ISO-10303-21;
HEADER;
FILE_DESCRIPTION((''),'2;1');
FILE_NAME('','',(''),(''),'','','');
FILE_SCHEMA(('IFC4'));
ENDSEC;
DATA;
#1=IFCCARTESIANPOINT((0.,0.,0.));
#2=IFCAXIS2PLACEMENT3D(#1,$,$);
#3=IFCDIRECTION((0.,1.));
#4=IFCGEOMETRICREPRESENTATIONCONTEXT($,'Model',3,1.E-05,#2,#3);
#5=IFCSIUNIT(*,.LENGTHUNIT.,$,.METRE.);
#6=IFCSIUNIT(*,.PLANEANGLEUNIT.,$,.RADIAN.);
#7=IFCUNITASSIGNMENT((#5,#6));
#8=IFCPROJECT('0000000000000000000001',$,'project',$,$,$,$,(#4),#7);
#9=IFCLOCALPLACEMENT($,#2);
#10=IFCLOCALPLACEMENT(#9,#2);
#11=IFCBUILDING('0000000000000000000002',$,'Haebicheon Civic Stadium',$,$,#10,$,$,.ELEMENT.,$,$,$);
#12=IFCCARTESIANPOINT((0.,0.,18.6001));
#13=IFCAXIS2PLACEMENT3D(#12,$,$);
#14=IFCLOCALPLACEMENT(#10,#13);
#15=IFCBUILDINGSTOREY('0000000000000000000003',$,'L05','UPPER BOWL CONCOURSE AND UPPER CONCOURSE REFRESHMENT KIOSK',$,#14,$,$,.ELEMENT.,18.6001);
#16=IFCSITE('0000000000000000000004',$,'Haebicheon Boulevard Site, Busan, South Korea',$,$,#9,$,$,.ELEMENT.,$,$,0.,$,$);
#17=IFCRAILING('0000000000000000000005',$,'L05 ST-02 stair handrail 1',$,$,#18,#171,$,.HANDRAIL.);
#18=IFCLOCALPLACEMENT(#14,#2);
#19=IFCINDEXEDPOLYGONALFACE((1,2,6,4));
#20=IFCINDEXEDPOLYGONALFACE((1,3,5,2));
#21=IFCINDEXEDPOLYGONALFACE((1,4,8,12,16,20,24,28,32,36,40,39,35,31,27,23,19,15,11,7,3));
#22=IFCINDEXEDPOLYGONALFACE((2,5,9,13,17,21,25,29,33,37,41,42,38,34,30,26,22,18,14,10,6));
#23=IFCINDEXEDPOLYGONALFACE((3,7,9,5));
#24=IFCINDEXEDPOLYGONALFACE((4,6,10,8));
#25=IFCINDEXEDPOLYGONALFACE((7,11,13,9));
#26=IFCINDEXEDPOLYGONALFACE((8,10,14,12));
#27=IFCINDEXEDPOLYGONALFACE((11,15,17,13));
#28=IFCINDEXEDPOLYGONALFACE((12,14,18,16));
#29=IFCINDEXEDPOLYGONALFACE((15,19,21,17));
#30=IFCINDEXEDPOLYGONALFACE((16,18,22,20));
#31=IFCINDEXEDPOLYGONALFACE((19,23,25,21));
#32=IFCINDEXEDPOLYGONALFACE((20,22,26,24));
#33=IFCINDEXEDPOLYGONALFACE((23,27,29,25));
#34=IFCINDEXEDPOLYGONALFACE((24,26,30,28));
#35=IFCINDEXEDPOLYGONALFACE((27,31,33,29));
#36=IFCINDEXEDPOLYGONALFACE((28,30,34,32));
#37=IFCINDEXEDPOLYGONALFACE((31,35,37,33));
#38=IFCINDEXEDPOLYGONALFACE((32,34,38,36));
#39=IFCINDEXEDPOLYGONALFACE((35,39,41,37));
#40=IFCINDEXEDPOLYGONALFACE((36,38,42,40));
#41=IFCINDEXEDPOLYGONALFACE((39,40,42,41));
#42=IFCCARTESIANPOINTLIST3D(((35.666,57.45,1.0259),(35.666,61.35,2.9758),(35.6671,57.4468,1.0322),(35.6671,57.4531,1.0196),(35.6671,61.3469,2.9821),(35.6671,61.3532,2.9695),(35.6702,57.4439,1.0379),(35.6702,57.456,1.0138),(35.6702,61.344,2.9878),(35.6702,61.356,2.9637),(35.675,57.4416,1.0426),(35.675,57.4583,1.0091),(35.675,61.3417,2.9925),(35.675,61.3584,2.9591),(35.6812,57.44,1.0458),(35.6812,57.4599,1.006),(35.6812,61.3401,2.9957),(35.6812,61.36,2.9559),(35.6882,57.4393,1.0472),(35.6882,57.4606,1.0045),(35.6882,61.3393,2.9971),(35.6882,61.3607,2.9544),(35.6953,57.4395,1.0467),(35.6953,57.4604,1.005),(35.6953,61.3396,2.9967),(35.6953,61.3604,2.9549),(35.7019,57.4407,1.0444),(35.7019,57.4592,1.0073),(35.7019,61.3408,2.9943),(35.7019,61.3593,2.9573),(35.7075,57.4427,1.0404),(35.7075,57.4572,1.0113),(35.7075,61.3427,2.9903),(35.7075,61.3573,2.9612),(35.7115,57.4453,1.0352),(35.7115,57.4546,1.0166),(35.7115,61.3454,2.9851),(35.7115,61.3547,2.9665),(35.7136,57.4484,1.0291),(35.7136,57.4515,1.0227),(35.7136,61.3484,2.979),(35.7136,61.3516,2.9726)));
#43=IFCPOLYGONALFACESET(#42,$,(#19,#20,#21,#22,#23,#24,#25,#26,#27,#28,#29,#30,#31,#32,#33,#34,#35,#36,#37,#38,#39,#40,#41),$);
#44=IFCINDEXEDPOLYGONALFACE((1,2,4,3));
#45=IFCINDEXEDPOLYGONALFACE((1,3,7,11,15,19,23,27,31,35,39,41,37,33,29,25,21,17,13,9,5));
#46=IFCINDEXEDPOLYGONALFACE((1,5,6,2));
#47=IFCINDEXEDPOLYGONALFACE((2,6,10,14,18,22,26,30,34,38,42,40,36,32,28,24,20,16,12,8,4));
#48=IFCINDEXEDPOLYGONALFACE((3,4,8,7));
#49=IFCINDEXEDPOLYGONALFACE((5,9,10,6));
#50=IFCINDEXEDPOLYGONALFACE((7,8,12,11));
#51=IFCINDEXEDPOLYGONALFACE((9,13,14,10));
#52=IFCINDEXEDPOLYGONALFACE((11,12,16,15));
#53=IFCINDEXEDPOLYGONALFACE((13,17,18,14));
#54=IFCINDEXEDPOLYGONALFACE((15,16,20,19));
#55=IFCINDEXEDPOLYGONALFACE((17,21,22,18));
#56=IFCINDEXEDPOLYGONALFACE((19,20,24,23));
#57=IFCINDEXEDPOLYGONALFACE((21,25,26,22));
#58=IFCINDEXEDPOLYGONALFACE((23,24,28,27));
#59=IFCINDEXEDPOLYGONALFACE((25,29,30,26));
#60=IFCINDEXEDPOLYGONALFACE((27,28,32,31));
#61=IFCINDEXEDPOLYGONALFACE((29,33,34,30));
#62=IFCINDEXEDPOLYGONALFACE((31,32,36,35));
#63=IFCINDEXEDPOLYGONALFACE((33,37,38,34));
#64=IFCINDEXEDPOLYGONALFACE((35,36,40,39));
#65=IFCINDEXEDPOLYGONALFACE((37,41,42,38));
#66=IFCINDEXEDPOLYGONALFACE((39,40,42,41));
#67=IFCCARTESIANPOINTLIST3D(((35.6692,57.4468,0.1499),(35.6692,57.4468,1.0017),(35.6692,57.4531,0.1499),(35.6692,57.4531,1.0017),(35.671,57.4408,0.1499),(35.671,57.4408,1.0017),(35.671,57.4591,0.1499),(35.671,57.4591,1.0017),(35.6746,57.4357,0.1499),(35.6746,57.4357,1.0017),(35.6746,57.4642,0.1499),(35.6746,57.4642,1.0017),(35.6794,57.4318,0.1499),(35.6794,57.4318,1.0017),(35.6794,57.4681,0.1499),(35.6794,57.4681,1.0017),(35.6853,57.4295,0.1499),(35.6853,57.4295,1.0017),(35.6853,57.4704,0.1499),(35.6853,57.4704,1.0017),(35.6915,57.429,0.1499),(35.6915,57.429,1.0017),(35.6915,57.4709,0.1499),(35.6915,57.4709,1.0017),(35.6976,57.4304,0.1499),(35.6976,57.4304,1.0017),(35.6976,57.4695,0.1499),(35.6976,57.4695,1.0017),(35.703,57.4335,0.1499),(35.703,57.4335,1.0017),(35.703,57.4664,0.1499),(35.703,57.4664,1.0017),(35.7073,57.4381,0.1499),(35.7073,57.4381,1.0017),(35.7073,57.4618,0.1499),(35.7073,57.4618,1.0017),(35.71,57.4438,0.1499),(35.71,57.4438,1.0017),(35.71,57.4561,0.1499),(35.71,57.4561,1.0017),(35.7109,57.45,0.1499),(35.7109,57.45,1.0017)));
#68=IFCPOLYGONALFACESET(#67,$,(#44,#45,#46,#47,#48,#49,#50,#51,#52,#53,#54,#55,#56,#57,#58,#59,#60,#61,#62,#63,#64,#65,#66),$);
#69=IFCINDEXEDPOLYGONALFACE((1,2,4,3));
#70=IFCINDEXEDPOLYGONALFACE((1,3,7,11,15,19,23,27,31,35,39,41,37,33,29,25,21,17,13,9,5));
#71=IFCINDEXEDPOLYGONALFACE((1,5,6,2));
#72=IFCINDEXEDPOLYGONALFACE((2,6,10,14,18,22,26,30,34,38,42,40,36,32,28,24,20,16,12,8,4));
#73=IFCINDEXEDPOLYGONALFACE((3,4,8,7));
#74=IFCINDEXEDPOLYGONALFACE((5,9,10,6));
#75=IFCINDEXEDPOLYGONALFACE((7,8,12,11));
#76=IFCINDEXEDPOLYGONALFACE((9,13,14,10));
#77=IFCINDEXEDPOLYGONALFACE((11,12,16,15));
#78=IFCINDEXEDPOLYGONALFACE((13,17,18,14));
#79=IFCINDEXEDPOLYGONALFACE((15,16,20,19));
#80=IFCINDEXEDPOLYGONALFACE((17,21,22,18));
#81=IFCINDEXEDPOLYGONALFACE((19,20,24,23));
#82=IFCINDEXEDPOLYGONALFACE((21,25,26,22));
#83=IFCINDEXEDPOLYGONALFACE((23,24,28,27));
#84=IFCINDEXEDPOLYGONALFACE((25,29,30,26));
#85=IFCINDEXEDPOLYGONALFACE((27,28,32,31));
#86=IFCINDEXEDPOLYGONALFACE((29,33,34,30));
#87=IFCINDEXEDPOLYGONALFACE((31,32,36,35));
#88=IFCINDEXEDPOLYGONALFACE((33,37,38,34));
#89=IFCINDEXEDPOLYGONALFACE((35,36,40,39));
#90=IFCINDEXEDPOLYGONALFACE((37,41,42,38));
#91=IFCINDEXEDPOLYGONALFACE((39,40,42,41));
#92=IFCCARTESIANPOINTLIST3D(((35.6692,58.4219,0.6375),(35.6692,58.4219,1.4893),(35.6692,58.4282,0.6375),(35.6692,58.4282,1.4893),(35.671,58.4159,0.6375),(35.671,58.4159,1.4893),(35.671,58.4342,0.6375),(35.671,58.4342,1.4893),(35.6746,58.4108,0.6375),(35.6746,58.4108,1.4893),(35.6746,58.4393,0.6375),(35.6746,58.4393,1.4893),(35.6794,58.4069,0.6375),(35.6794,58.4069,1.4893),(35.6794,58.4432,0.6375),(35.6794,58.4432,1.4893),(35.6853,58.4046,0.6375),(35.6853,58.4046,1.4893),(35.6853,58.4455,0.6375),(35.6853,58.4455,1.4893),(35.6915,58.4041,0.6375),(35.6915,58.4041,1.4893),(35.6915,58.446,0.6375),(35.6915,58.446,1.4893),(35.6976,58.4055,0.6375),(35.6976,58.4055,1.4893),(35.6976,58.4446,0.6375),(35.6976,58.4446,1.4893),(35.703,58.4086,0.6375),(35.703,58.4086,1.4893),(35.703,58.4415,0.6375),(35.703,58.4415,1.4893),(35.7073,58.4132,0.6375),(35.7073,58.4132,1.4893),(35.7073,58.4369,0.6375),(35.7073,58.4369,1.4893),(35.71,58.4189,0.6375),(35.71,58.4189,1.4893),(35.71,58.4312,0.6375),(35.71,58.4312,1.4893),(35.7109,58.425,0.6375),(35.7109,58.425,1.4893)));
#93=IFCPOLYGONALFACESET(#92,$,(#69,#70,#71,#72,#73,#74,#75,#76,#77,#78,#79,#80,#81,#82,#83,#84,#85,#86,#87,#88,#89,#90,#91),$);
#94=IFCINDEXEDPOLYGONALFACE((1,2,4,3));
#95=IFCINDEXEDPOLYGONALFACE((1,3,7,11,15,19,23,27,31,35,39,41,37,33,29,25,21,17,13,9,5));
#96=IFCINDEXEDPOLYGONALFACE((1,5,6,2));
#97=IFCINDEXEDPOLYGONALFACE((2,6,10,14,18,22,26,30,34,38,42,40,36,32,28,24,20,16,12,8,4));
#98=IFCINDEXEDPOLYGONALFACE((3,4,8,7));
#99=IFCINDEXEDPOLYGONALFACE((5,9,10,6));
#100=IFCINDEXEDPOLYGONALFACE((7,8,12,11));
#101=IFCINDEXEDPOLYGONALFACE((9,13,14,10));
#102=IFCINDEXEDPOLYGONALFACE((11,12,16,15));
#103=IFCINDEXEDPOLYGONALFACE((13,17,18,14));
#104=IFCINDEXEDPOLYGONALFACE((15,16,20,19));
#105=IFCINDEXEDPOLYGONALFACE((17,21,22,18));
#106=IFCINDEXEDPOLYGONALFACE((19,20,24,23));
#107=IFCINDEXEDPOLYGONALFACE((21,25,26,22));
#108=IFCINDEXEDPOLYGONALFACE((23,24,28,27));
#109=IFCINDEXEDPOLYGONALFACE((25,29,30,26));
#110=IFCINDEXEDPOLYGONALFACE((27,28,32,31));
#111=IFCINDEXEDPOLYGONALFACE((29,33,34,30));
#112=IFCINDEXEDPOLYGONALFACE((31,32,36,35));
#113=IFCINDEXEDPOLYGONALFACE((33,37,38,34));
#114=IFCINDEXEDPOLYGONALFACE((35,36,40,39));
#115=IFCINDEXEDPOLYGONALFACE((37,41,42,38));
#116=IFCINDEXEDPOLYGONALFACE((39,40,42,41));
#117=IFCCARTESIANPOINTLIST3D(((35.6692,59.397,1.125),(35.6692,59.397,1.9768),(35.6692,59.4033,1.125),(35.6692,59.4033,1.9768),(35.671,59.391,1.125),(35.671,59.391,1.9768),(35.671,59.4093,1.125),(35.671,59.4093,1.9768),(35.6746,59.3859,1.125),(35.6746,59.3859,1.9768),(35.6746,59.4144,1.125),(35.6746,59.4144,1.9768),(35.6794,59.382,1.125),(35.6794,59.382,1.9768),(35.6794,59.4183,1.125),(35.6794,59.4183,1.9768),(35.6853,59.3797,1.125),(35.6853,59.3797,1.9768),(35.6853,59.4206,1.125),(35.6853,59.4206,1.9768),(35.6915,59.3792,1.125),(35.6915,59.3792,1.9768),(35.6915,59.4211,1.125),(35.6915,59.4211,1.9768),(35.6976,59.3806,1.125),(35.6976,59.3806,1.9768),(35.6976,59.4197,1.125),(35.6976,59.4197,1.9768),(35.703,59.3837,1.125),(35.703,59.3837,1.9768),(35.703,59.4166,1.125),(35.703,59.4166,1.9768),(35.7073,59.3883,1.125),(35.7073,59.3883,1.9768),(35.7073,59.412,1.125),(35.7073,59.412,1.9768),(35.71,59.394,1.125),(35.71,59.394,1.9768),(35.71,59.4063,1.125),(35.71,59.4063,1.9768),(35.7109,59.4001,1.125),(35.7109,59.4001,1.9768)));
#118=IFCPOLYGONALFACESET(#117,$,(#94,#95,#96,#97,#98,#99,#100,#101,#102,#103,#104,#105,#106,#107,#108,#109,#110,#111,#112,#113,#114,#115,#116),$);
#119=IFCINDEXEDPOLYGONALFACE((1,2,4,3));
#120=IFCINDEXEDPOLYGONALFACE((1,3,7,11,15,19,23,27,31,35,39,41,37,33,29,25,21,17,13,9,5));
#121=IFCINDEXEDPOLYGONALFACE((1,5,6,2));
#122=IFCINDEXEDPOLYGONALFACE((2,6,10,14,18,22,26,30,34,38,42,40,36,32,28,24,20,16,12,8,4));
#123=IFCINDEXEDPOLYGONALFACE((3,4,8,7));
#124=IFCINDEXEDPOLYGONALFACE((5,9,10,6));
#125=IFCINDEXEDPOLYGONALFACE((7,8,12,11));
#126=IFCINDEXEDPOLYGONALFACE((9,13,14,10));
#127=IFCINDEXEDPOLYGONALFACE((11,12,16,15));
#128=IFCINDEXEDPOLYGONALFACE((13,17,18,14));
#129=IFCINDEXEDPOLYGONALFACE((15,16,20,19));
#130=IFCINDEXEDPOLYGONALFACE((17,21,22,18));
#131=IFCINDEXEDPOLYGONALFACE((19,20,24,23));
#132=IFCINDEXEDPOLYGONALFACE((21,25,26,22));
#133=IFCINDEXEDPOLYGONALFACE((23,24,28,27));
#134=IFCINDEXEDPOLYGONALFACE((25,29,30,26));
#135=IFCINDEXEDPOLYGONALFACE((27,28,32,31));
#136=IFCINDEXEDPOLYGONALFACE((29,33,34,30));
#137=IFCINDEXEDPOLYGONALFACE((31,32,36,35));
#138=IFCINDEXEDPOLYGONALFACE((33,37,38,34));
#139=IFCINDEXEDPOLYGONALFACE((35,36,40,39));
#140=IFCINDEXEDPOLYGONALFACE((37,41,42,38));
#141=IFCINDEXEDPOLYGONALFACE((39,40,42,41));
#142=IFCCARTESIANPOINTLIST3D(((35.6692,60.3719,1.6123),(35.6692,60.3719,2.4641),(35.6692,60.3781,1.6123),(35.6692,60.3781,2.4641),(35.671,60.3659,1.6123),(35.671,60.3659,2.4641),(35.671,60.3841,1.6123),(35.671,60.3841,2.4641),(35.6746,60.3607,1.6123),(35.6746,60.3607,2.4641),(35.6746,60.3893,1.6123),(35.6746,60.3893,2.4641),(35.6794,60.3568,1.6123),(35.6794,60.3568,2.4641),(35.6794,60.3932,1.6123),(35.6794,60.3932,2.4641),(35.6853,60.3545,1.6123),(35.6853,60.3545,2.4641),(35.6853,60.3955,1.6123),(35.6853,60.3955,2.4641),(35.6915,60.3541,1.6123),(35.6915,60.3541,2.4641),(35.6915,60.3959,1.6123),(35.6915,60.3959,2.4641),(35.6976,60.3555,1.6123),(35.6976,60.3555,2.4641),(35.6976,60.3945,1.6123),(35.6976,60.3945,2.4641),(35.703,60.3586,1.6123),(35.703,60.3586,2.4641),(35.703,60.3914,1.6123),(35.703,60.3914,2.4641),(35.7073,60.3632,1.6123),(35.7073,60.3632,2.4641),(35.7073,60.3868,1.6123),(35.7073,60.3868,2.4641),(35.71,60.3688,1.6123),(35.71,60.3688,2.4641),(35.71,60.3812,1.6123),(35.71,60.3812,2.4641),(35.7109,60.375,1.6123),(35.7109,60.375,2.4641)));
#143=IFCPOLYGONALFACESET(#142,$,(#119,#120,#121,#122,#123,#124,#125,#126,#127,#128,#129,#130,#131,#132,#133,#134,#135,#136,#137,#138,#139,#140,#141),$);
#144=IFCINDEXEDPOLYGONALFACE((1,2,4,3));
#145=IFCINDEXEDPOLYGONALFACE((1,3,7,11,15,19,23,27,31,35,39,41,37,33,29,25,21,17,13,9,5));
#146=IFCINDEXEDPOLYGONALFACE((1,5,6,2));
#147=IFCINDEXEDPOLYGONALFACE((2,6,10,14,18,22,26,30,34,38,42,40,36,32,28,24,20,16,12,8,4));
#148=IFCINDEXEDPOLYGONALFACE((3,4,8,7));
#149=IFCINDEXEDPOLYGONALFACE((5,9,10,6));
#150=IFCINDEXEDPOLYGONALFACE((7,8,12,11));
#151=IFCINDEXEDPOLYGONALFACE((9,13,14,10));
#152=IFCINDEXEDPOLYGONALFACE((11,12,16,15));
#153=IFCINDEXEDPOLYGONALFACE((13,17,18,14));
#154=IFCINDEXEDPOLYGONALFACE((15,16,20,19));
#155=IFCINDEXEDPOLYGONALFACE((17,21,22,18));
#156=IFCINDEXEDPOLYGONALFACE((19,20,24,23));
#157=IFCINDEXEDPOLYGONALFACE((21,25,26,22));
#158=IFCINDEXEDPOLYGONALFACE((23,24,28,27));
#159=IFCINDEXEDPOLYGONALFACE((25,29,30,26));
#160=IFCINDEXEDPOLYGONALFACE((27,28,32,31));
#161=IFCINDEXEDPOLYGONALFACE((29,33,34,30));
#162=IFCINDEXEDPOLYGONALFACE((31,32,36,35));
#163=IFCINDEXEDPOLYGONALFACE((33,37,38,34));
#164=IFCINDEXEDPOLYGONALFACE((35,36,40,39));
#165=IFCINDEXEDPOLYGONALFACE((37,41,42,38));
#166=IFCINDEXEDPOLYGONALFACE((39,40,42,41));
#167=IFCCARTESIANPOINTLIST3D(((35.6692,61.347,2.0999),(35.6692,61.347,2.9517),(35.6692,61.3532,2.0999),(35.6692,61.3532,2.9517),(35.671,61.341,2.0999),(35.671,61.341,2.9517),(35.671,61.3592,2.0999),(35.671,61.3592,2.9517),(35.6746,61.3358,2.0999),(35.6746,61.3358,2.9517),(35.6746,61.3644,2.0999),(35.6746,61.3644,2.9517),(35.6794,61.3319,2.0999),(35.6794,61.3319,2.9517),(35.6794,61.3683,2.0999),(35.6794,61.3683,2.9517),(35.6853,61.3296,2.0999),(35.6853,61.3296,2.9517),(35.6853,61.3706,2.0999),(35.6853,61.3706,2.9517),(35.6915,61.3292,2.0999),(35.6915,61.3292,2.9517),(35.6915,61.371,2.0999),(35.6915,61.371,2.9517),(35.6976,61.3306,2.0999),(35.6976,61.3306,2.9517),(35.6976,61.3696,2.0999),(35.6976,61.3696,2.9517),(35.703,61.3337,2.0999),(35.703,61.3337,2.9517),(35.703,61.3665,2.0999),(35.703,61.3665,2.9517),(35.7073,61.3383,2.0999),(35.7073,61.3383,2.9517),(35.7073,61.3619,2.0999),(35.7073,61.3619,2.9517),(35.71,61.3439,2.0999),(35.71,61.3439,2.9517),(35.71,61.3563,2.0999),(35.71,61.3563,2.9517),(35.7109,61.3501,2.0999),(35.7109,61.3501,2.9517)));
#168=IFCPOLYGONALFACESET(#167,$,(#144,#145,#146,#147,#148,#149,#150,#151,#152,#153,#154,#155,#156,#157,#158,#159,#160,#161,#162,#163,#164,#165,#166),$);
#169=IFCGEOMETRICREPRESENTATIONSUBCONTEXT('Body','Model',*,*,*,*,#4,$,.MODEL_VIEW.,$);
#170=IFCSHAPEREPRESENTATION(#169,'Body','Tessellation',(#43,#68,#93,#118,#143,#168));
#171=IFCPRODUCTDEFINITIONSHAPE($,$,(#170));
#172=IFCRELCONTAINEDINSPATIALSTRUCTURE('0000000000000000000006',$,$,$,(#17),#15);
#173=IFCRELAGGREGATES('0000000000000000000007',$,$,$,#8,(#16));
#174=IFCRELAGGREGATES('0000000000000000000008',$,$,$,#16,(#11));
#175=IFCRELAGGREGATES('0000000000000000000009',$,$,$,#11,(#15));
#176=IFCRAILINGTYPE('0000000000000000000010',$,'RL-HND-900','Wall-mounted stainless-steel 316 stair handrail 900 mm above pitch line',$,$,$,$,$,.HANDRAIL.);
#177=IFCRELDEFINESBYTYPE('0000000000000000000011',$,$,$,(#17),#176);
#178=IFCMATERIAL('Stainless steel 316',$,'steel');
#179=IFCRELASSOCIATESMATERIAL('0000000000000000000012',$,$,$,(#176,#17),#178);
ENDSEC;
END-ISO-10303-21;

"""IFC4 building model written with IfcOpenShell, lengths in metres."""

from ifc_helpers import new_model, si_unit, direction, frame, origin, origin_2d, place, context, subcontext, project, spatial, circle, extrude, material, type_object, element, save


model = new_model("IFC4")

# Units and contexts
model_context = context("Model", 3, precision=1e-05, world=origin(), true_north=direction((0.0, 1.0)))
body_context = subcontext(model_context, "Body", "Model", "MODEL_VIEW")
ifc_project = project(units=[si_unit("LENGTHUNIT", "METRE"), si_unit("PLANEANGLEUNIT", "RADIAN")], contexts=[model_context])

# Site, building, storey
site_placement = place(None, origin())
site = spatial("IfcSite", under=ifc_project, at=site_placement, Name="Haebicheon Boulevard Site, Busan, South Korea", CompositionType="ELEMENT", RefElevation=0.0)
building_placement = place(site_placement, origin())
building = spatial("IfcBuilding", under=site, at=building_placement, Name="Haebicheon Civic Stadium", CompositionType="ELEMENT")
storey_placement = place(building_placement, frame((0.0, 0.0, 18.6001)))
storey = spatial("IfcBuildingStorey", under=building, at=storey_placement, Name="L05", Description="UPPER BOWL CONCOURSE AND UPPER CONCOURSE REFRESHMENT KIOSK", CompositionType="ELEMENT", Elevation=18.6001)

# Railing
ifc_material_1 = material(Name="Stainless steel 316", Category="steel")
railing_type_1 = type_object("IfcRailingType", Name="RL-HND-900", Description="Wall-mounted stainless-steel 316 stair handrail 900 mm above pitch line", PredefinedType="HANDRAIL", material=ifc_material_1)
railing_1_placement = place(storey_placement, frame((35.6899, 57.45, 0.1499)))
element("IfcRailing", 1, at=railing_1_placement, inside=storey, type_object=railing_type_1, material=ifc_material_1, Name="L05 ST-02 stair handrail 1", PredefinedType="HANDRAIL", context=body_context, shape_type="SweptSolid", body=[
    extrude(circle(Radius=0.0239, at=origin_2d()), frame((0.0, 0.0, 0.876), z_axis=(0.0, 0.894438, 0.447191), x_axis=(-1.0, 0.0, 0.0)), (0.0, 0.0, 1.0), 4.3604),
    extrude(circle(Radius=0.021, at=origin_2d()), origin(), (0.0, 0.0, 1.0), 0.8518),
    extrude(circle(Radius=0.021, at=origin_2d()), frame((0.0, 0.9751, 0.4875)), (0.0, 0.0, 1.0), 0.8518),
    extrude(circle(Radius=0.021, at=origin_2d()), frame((0.0, 1.9502, 0.9751)), (0.0, 0.0, 1.0), 0.8518),
    extrude(circle(Radius=0.021, at=origin_2d()), frame((0.0, 2.925, 1.4624)), (0.0, 0.0, 1.0), 0.8518),
    extrude(circle(Radius=0.021, at=origin_2d()), frame((0.0, 3.9001, 1.95)), (0.0, 0.0, 1.0), 0.8518),
])

save(model, "model.ifc")
